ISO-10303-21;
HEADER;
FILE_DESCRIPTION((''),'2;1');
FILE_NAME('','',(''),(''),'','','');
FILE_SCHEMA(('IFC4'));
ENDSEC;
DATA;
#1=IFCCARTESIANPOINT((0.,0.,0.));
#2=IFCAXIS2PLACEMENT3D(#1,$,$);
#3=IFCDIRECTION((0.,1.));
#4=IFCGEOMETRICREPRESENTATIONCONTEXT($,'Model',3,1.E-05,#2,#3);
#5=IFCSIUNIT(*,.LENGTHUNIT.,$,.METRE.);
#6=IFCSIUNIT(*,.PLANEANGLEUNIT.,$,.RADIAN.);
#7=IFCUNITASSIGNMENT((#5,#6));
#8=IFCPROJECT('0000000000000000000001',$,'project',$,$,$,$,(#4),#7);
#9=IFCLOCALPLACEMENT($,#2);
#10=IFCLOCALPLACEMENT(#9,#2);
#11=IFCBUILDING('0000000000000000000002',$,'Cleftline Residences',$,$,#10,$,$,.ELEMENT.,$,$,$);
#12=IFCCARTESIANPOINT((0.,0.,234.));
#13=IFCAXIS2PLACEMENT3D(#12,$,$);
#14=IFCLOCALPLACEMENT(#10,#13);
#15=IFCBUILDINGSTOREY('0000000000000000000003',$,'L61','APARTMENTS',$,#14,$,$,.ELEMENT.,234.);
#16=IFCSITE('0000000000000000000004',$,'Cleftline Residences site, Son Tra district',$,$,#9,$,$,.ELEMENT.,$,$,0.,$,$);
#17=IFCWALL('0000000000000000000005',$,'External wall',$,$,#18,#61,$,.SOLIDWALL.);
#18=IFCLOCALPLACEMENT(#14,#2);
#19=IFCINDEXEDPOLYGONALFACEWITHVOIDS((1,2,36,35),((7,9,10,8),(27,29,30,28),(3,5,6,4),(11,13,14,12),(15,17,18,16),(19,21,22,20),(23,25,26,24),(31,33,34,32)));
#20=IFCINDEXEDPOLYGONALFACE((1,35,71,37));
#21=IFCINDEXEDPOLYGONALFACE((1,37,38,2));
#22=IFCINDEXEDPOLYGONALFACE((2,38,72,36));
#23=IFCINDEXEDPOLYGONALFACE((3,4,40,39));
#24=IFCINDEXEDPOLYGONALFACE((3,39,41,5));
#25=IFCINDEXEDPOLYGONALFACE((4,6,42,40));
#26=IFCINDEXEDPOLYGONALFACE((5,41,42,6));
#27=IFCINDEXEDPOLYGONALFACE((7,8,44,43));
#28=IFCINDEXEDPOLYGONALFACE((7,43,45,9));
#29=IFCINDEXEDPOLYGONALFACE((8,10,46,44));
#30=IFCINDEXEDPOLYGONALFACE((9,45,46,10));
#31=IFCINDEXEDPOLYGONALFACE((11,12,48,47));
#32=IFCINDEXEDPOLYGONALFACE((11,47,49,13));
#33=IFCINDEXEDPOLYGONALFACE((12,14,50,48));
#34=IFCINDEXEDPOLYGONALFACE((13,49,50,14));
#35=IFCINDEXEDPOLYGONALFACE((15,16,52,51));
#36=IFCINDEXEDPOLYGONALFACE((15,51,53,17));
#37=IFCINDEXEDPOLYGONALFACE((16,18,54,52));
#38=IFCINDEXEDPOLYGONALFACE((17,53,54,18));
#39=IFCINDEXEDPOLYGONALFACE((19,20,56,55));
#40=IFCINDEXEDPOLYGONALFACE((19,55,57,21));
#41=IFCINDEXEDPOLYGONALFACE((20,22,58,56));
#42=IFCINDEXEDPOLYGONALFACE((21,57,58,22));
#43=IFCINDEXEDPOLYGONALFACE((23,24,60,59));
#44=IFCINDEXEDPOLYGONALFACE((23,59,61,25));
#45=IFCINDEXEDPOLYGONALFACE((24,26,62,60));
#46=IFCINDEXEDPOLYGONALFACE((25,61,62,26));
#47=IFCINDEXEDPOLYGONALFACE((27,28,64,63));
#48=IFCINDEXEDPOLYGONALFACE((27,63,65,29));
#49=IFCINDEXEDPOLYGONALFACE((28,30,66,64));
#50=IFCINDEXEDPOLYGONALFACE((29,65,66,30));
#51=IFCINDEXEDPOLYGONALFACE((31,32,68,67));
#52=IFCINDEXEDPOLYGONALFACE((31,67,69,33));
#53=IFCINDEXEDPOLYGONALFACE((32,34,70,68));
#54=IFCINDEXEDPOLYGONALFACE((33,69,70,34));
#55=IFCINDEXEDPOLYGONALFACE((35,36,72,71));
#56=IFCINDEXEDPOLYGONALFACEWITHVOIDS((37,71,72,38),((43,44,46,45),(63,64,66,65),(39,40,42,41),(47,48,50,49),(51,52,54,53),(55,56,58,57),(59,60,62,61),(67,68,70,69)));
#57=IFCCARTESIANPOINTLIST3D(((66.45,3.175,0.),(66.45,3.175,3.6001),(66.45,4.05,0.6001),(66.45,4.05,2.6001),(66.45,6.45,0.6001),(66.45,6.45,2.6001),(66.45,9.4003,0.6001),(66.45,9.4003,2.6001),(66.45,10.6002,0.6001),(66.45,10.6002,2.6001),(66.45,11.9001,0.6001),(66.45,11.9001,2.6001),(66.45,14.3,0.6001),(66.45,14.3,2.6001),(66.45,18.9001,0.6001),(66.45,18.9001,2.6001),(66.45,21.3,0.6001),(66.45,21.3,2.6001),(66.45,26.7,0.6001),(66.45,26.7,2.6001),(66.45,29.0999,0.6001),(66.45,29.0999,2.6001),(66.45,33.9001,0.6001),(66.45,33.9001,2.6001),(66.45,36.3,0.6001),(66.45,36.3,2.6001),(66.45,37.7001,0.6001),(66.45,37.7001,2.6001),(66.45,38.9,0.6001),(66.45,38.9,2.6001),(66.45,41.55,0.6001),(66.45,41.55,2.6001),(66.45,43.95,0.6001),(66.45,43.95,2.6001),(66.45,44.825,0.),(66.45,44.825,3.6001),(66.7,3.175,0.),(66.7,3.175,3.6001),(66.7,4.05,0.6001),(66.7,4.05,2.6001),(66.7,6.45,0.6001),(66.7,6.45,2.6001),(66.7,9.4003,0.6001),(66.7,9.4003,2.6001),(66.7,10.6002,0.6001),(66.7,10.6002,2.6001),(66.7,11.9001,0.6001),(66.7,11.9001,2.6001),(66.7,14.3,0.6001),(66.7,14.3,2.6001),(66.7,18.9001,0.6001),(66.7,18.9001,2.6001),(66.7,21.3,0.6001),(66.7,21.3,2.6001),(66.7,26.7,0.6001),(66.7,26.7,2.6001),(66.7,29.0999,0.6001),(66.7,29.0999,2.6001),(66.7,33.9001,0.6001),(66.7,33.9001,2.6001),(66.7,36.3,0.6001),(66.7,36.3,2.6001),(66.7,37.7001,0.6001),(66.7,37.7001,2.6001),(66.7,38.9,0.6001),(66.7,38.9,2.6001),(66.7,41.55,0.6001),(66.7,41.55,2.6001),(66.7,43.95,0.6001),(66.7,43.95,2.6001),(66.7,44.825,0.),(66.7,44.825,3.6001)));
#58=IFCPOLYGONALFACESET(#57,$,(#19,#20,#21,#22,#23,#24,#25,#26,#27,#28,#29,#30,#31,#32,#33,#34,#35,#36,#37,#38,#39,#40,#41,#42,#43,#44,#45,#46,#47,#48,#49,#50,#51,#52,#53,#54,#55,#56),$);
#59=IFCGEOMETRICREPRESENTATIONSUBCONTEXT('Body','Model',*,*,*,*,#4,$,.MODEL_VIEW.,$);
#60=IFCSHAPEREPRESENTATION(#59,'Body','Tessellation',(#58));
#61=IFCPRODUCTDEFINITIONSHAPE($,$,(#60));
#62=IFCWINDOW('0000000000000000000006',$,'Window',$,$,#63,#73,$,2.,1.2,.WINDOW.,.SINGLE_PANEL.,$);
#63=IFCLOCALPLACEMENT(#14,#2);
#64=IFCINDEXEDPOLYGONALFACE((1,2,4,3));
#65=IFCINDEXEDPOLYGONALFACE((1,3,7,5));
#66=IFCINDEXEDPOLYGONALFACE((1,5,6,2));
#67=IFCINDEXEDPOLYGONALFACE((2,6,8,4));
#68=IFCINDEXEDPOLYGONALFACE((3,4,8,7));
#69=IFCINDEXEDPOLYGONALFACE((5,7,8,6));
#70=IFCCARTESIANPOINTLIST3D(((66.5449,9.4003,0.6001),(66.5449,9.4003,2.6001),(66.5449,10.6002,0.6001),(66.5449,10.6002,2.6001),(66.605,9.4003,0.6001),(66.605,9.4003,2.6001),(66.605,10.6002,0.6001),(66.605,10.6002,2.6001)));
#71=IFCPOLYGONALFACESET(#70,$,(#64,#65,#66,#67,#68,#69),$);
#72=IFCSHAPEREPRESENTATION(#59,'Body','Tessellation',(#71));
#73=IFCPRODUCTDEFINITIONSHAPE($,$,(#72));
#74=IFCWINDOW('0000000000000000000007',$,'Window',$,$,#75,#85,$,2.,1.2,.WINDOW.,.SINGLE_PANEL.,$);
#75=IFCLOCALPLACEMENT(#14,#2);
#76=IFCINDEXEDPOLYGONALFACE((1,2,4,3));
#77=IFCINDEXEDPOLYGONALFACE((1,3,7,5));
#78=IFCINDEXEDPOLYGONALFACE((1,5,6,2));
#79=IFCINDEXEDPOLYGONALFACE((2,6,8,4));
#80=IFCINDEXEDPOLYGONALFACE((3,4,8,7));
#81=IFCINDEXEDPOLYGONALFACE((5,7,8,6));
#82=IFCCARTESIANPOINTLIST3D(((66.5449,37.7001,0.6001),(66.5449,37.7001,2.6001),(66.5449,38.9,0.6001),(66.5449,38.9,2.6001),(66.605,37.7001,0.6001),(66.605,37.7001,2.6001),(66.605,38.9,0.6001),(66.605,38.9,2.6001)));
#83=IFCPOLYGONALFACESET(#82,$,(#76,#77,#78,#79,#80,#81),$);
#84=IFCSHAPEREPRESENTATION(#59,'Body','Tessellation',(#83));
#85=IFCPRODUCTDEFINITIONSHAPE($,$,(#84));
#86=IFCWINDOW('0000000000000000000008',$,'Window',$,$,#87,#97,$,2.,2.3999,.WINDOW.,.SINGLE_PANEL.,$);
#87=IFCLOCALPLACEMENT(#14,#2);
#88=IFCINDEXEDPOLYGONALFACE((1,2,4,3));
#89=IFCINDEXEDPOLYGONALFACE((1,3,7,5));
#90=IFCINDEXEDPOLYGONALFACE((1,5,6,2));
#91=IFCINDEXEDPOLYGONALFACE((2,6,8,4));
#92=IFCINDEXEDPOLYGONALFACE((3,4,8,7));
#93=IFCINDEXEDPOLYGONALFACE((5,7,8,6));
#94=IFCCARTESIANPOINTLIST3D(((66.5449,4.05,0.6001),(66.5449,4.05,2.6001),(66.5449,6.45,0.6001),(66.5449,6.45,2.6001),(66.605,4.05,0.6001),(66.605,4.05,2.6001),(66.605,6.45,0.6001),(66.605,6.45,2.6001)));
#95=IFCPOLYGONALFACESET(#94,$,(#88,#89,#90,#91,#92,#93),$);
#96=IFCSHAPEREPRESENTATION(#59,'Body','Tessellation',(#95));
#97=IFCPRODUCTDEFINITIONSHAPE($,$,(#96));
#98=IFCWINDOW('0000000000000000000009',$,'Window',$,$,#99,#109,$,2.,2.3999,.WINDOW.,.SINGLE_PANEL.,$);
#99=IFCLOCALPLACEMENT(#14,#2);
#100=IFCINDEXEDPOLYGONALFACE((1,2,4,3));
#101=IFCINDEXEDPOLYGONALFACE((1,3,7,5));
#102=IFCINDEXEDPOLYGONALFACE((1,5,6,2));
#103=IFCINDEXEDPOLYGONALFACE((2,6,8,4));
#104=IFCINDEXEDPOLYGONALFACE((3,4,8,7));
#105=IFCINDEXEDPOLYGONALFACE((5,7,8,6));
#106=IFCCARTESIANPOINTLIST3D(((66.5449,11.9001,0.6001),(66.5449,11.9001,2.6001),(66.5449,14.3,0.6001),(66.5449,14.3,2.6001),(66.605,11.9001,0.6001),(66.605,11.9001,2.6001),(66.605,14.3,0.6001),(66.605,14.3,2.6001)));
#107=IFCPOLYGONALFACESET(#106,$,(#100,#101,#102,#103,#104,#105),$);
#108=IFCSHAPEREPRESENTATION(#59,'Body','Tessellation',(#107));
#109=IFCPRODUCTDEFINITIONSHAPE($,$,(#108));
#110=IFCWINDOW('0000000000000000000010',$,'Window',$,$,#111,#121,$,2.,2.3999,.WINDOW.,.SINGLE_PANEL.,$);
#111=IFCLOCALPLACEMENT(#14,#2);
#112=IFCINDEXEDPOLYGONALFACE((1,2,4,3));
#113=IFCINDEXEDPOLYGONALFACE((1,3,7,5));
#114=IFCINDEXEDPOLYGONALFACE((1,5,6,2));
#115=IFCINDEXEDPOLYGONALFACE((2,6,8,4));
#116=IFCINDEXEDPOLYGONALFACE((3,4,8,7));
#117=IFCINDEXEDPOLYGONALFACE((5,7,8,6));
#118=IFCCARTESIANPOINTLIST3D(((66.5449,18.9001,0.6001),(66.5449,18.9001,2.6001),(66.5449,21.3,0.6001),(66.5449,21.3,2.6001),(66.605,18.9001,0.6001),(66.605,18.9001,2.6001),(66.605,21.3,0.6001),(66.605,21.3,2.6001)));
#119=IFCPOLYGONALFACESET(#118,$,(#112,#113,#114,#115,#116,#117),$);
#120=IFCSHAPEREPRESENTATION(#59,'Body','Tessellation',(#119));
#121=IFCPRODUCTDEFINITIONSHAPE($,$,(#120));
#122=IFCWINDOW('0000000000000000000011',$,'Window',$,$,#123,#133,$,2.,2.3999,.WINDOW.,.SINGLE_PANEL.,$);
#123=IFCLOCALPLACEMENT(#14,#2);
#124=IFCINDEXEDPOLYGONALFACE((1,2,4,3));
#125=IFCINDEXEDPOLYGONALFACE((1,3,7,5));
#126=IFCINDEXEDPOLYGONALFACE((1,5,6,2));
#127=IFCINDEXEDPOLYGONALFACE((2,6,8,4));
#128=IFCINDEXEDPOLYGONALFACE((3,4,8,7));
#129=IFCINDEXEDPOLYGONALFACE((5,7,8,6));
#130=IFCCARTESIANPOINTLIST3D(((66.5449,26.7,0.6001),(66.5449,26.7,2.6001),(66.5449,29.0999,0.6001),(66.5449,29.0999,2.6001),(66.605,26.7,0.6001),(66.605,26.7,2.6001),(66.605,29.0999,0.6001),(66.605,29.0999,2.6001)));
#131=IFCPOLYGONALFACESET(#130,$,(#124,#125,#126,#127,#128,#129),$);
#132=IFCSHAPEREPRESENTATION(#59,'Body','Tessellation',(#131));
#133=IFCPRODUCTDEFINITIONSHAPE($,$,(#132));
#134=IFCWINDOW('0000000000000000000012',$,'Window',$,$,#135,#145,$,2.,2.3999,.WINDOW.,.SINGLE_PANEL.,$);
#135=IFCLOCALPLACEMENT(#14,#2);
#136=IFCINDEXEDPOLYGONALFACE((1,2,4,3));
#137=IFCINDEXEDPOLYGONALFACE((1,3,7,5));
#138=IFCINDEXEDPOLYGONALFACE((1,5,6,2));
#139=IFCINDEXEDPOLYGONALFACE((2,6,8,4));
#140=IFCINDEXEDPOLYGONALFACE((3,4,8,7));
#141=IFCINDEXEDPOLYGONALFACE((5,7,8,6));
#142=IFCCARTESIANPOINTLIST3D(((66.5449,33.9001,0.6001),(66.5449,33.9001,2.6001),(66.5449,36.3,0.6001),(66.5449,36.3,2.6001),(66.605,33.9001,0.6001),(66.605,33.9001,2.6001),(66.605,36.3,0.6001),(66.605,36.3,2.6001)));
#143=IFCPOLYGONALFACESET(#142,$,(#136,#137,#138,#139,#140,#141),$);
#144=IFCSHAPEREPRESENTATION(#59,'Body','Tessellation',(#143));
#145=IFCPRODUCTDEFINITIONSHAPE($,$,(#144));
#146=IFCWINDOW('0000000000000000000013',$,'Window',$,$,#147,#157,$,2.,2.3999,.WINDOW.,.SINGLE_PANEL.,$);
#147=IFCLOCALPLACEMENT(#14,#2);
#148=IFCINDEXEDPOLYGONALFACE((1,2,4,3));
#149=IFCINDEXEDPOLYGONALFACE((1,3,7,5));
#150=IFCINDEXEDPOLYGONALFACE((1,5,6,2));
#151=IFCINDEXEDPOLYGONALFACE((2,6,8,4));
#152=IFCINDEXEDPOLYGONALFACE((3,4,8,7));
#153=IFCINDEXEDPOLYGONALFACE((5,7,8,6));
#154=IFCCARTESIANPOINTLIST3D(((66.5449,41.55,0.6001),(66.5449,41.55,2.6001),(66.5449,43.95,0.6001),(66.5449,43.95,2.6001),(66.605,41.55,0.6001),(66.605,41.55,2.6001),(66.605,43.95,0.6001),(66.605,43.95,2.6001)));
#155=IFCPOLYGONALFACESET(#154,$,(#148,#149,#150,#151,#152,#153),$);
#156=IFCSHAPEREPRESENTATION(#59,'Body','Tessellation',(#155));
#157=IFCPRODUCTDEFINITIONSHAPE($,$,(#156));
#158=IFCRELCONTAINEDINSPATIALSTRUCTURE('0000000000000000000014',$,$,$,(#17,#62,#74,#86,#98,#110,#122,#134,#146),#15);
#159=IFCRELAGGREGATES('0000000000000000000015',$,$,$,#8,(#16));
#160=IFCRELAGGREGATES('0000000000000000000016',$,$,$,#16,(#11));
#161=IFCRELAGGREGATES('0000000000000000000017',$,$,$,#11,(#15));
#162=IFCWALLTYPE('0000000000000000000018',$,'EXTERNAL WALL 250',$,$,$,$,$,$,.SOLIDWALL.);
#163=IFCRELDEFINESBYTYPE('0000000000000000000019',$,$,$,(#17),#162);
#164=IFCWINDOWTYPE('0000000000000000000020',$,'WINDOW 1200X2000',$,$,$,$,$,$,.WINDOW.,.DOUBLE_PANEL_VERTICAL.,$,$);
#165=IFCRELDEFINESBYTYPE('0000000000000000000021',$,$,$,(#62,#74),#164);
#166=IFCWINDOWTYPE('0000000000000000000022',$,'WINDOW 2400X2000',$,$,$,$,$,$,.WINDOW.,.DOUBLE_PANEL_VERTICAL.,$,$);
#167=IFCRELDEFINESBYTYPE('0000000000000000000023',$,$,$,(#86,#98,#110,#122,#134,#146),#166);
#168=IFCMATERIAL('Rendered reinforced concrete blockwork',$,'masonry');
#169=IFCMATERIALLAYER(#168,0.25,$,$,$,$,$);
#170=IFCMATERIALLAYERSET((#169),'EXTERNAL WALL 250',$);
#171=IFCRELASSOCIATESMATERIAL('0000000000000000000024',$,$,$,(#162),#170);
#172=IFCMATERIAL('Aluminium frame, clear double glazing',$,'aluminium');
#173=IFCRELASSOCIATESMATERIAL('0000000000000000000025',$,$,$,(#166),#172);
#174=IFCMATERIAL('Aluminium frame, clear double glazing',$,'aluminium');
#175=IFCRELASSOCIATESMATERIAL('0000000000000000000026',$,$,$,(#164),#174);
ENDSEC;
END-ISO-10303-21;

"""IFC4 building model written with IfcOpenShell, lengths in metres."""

from ifc_helpers import new_model, si_unit, direction, frame, frame_2d, origin, place, context, subcontext, project, spatial, rectangle, extrude, material, layer, layer_set, type_object, element, fill, save


model = new_model("IFC4")

# Units and contexts
model_context = context("Model", 3, precision=1e-05, world=origin(), true_north=direction((0.0, 1.0)))
body_context = subcontext(model_context, "Body", "Model", "MODEL_VIEW")
ifc_project = project(units=[si_unit("LENGTHUNIT", "METRE"), si_unit("PLANEANGLEUNIT", "RADIAN")], contexts=[model_context])

# Site, building, storey
site_placement = place(None, origin())
site = spatial("IfcSite", under=ifc_project, at=site_placement, Name="Cleftline Residences site, Son Tra district", CompositionType="ELEMENT", RefElevation=0.0)
building_placement = place(site_placement, origin())
building = spatial("IfcBuilding", under=site, at=building_placement, Name="Cleftline Residences", CompositionType="ELEMENT")
storey_placement = place(building_placement, frame((0.0, 0.0, 234.0)))
storey = spatial("IfcBuildingStorey", under=building, at=storey_placement, Name="L61", Description="APARTMENTS", CompositionType="ELEMENT", Elevation=234.0)

# Shared definitions
ifc_material_1 = material(Name="Rendered reinforced concrete blockwork", Category="masonry")
ifc_layer_1 = layer(ifc_material_1, 0.25)
ifc_layer_set_1 = layer_set([ifc_layer_1], Name="EXTERNAL WALL 250")
wall_type_1 = type_object("IfcWallType", Name="EXTERNAL WALL 250", PredefinedType="SOLIDWALL", material=ifc_layer_set_1)
ifc_material_2 = material(Name="Aluminium frame, clear double glazing", Category="aluminium")
window_type_1 = type_object("IfcWindowType", Name="WINDOW 2400X2000", PartitioningType="DOUBLE_PANEL_VERTICAL", PredefinedType="WINDOW", material=ifc_material_2)

# Wall, openings, windows
wall_1_placement = place(storey_placement, frame((66.575, 3.175, 0.0), z_axis=(0.0, 0.0, 1.0), x_axis=(0.0, 1.0, 0.0)))
wall_1 = element("IfcWall", 1, at=wall_1_placement, inside=storey, type_object=wall_type_1, Name="External wall", PredefinedType="SOLIDWALL", context=body_context, shape_type="SweptSolid", body=[
    extrude(rectangle(XDim=41.6499, YDim=0.25, at=frame_2d((20.825, 0.0))), origin(), (0.0, 0.0, 1.0), 3.6001),
])
opening_1_placement = place(wall_1_placement, frame((0.875, 0.0, 0.6001)))
opening_1 = element("IfcOpeningElement", 2, at=opening_1_placement, cuts=wall_1, PredefinedType="OPENING", context=body_context, shape_type="SweptSolid", body=[
    extrude(rectangle(XDim=2.3999, YDim=2.0, at=frame_2d((1.2, 1.0))), frame((0.0, 0.135, 0.0), z_axis=(0.0, -1.0, 0.0), x_axis=(1.0, 0.0, 0.0)), (0.0, 0.0, 1.0), 0.27),
])
opening_2_placement = place(wall_1_placement, frame((6.2251, 0.0, 0.6001)))
opening_2 = element("IfcOpeningElement", 3, at=opening_2_placement, cuts=wall_1, PredefinedType="OPENING", context=body_context, shape_type="SweptSolid", body=[
    extrude(rectangle(XDim=1.2, YDim=2.0, at=frame_2d((0.6001, 1.0))), frame((0.0, 0.135, 0.0), z_axis=(0.0, -1.0, 0.0), x_axis=(1.0, 0.0, 0.0)), (0.0, 0.0, 1.0), 0.27),
])
opening_3_placement = place(wall_1_placement, frame((8.7251, 0.0, 0.6001)))
opening_3 = element("IfcOpeningElement", 4, at=opening_3_placement, cuts=wall_1, PredefinedType="OPENING", context=body_context, shape_type="SweptSolid", body=[
    extrude(rectangle(XDim=2.3999, YDim=2.0, at=frame_2d((1.2, 1.0))), frame((0.0, 0.135, 0.0), z_axis=(0.0, -1.0, 0.0), x_axis=(1.0, 0.0, 0.0)), (0.0, 0.0, 1.0), 0.27),
])
opening_4_placement = place(wall_1_placement, frame((15.7251, 0.0, 0.6001)))
opening_4 = element("IfcOpeningElement", 5, at=opening_4_placement, cuts=wall_1, PredefinedType="OPENING", context=body_context, shape_type="SweptSolid", body=[
    extrude(rectangle(XDim=2.3999, YDim=2.0, at=frame_2d((1.2, 1.0))), frame((0.0, 0.135, 0.0), z_axis=(0.0, -1.0, 0.0), x_axis=(1.0, 0.0, 0.0)), (0.0, 0.0, 1.0), 0.27),
])
opening_5_placement = place(wall_1_placement, frame((23.5249, 0.0, 0.6001)))
opening_5 = element("IfcOpeningElement", 6, at=opening_5_placement, cuts=wall_1, PredefinedType="OPENING", context=body_context, shape_type="SweptSolid", body=[
    extrude(rectangle(XDim=2.3999, YDim=2.0, at=frame_2d((1.2, 1.0))), frame((0.0, 0.135, 0.0), z_axis=(0.0, -1.0, 0.0), x_axis=(1.0, 0.0, 0.0)), (0.0, 0.0, 1.0), 0.27),
])
opening_6_placement = place(wall_1_placement, frame((30.7251, 0.0, 0.6001)))
opening_6 = element("IfcOpeningElement", 7, at=opening_6_placement, cuts=wall_1, PredefinedType="OPENING", context=body_context, shape_type="SweptSolid", body=[
    extrude(rectangle(XDim=2.3999, YDim=2.0, at=frame_2d((1.2, 1.0))), frame((0.0, 0.135, 0.0), z_axis=(0.0, -1.0, 0.0), x_axis=(1.0, 0.0, 0.0)), (0.0, 0.0, 1.0), 0.27),
])
opening_7_placement = place(wall_1_placement, frame((34.5249, 0.0, 0.6001)))
opening_7 = element("IfcOpeningElement", 8, at=opening_7_placement, cuts=wall_1, PredefinedType="OPENING", context=body_context, shape_type="SweptSolid", body=[
    extrude(rectangle(XDim=1.2, YDim=2.0, at=frame_2d((0.6001, 1.0))), frame((0.0, 0.135, 0.0), z_axis=(0.0, -1.0, 0.0), x_axis=(1.0, 0.0, 0.0)), (0.0, 0.0, 1.0), 0.27),
])
opening_8_placement = place(wall_1_placement, frame((38.375, 0.0, 0.6001)))
opening_8 = element("IfcOpeningElement", 9, at=opening_8_placement, cuts=wall_1, PredefinedType="OPENING", context=body_context, shape_type="SweptSolid", body=[
    extrude(rectangle(XDim=2.3999, YDim=2.0, at=frame_2d((1.2, 1.0))), frame((0.0, 0.135, 0.0), z_axis=(0.0, -1.0, 0.0), x_axis=(1.0, 0.0, 0.0)), (0.0, 0.0, 1.0), 0.27),
])
ifc_material_3 = material(Name="Aluminium frame, clear double glazing", Category="aluminium")
window_type_2 = type_object("IfcWindowType", Name="WINDOW 1200X2000", PartitioningType="DOUBLE_PANEL_VERTICAL", PredefinedType="WINDOW", material=ifc_material_3)
window_1_placement = place(opening_2_placement, origin())
window_1 = element("IfcWindow", 10, at=window_1_placement, inside=storey, type_object=window_type_2, Name="Window", OverallHeight=2.0, OverallWidth=1.2, PartitioningType="SINGLE_PANEL", PredefinedType="WINDOW", context=body_context, shape_type="SweptSolid", body=[
    extrude(rectangle(XDim=1.2, YDim=2.0, at=frame_2d((0.6001, 1.0))), frame((0.0, 0.03, 0.0), z_axis=(0.0, -1.0, 0.0), x_axis=(1.0, 0.0, 0.0)), (0.0, 0.0, 1.0), 0.0601),
])
fill(opening_2, window_1)
window_2_placement = place(opening_7_placement, origin())
window_2 = element("IfcWindow", 11, at=window_2_placement, inside=storey, type_object=window_type_2, Name="Window", OverallHeight=2.0, OverallWidth=1.2, PartitioningType="SINGLE_PANEL", PredefinedType="WINDOW", context=body_context, shape_type="SweptSolid", body=[
    extrude(rectangle(XDim=1.2, YDim=2.0, at=frame_2d((0.6001, 1.0))), frame((0.0, 0.03, 0.0), z_axis=(0.0, -1.0, 0.0), x_axis=(1.0, 0.0, 0.0)), (0.0, 0.0, 1.0), 0.0601),
])
fill(opening_7, window_2)
window_3_placement = place(opening_1_placement, origin())
window_3 = element("IfcWindow", 12, at=window_3_placement, inside=storey, type_object=window_type_1, Name="Window", OverallHeight=2.0, OverallWidth=2.3999, PartitioningType="SINGLE_PANEL", PredefinedType="WINDOW", context=body_context, shape_type="SweptSolid", body=[
    extrude(rectangle(XDim=2.3999, YDim=2.0, at=frame_2d((1.2, 1.0))), frame((0.0, 0.03, 0.0), z_axis=(0.0, -1.0, 0.0), x_axis=(1.0, 0.0, 0.0)), (0.0, 0.0, 1.0), 0.0601),
])
fill(opening_1, window_3)
window_4_placement = place(opening_3_placement, origin())
window_4 = element("IfcWindow", 13, at=window_4_placement, inside=storey, type_object=window_type_1, Name="Window", OverallHeight=2.0, OverallWidth=2.3999, PartitioningType="SINGLE_PANEL", PredefinedType="WINDOW", context=body_context, shape_type="SweptSolid", body=[
    extrude(rectangle(XDim=2.3999, YDim=2.0, at=frame_2d((1.2, 1.0))), frame((0.0, 0.03, 0.0), z_axis=(0.0, -1.0, 0.0), x_axis=(1.0, 0.0, 0.0)), (0.0, 0.0, 1.0), 0.0601),
])
fill(opening_3, window_4)
window_5_placement = place(opening_4_placement, origin())
window_5 = element("IfcWindow", 14, at=window_5_placement, inside=storey, type_object=window_type_1, Name="Window", OverallHeight=2.0, OverallWidth=2.3999, PartitioningType="SINGLE_PANEL", PredefinedType="WINDOW", context=body_context, shape_type="SweptSolid", body=[
    extrude(rectangle(XDim=2.3999, YDim=2.0, at=frame_2d((1.2, 1.0))), frame((0.0, 0.03, 0.0), z_axis=(0.0, -1.0, 0.0), x_axis=(1.0, 0.0, 0.0)), (0.0, 0.0, 1.0), 0.0601),
])
fill(opening_4, window_5)
window_6_placement = place(opening_5_placement, origin())
window_6 = element("IfcWindow", 15, at=window_6_placement, inside=storey, type_object=window_type_1, Name="Window", OverallHeight=2.0, OverallWidth=2.3999, PartitioningType="SINGLE_PANEL", PredefinedType="WINDOW", context=body_context, shape_type="SweptSolid", body=[
    extrude(rectangle(XDim=2.3999, YDim=2.0, at=frame_2d((1.2, 1.0))), frame((0.0, 0.03, 0.0), z_axis=(0.0, -1.0, 0.0), x_axis=(1.0, 0.0, 0.0)), (0.0, 0.0, 1.0), 0.0601),
])
fill(opening_5, window_6)
window_7_placement = place(opening_6_placement, origin())
window_7 = element("IfcWindow", 16, at=window_7_placement, inside=storey, type_object=window_type_1, Name="Window", OverallHeight=2.0, OverallWidth=2.3999, PartitioningType="SINGLE_PANEL", PredefinedType="WINDOW", context=body_context, shape_type="SweptSolid", body=[
    extrude(rectangle(XDim=2.3999, YDim=2.0, at=frame_2d((1.2, 1.0))), frame((0.0, 0.03, 0.0), z_axis=(0.0, -1.0, 0.0), x_axis=(1.0, 0.0, 0.0)), (0.0, 0.0, 1.0), 0.0601),
])
fill(opening_6, window_7)
window_8_placement = place(opening_8_placement, origin())
window_8 = element("IfcWindow", 17, at=window_8_placement, inside=storey, type_object=window_type_1, Name="Window", OverallHeight=2.0, OverallWidth=2.3999, PartitioningType="SINGLE_PANEL", PredefinedType="WINDOW", context=body_context, shape_type="SweptSolid", body=[
    extrude(rectangle(XDim=2.3999, YDim=2.0, at=frame_2d((1.2, 1.0))), frame((0.0, 0.03, 0.0), z_axis=(0.0, -1.0, 0.0), x_axis=(1.0, 0.0, 0.0)), (0.0, 0.0, 1.0), 0.0601),
])
fill(opening_8, window_8)

save(model, "model.ifc")
